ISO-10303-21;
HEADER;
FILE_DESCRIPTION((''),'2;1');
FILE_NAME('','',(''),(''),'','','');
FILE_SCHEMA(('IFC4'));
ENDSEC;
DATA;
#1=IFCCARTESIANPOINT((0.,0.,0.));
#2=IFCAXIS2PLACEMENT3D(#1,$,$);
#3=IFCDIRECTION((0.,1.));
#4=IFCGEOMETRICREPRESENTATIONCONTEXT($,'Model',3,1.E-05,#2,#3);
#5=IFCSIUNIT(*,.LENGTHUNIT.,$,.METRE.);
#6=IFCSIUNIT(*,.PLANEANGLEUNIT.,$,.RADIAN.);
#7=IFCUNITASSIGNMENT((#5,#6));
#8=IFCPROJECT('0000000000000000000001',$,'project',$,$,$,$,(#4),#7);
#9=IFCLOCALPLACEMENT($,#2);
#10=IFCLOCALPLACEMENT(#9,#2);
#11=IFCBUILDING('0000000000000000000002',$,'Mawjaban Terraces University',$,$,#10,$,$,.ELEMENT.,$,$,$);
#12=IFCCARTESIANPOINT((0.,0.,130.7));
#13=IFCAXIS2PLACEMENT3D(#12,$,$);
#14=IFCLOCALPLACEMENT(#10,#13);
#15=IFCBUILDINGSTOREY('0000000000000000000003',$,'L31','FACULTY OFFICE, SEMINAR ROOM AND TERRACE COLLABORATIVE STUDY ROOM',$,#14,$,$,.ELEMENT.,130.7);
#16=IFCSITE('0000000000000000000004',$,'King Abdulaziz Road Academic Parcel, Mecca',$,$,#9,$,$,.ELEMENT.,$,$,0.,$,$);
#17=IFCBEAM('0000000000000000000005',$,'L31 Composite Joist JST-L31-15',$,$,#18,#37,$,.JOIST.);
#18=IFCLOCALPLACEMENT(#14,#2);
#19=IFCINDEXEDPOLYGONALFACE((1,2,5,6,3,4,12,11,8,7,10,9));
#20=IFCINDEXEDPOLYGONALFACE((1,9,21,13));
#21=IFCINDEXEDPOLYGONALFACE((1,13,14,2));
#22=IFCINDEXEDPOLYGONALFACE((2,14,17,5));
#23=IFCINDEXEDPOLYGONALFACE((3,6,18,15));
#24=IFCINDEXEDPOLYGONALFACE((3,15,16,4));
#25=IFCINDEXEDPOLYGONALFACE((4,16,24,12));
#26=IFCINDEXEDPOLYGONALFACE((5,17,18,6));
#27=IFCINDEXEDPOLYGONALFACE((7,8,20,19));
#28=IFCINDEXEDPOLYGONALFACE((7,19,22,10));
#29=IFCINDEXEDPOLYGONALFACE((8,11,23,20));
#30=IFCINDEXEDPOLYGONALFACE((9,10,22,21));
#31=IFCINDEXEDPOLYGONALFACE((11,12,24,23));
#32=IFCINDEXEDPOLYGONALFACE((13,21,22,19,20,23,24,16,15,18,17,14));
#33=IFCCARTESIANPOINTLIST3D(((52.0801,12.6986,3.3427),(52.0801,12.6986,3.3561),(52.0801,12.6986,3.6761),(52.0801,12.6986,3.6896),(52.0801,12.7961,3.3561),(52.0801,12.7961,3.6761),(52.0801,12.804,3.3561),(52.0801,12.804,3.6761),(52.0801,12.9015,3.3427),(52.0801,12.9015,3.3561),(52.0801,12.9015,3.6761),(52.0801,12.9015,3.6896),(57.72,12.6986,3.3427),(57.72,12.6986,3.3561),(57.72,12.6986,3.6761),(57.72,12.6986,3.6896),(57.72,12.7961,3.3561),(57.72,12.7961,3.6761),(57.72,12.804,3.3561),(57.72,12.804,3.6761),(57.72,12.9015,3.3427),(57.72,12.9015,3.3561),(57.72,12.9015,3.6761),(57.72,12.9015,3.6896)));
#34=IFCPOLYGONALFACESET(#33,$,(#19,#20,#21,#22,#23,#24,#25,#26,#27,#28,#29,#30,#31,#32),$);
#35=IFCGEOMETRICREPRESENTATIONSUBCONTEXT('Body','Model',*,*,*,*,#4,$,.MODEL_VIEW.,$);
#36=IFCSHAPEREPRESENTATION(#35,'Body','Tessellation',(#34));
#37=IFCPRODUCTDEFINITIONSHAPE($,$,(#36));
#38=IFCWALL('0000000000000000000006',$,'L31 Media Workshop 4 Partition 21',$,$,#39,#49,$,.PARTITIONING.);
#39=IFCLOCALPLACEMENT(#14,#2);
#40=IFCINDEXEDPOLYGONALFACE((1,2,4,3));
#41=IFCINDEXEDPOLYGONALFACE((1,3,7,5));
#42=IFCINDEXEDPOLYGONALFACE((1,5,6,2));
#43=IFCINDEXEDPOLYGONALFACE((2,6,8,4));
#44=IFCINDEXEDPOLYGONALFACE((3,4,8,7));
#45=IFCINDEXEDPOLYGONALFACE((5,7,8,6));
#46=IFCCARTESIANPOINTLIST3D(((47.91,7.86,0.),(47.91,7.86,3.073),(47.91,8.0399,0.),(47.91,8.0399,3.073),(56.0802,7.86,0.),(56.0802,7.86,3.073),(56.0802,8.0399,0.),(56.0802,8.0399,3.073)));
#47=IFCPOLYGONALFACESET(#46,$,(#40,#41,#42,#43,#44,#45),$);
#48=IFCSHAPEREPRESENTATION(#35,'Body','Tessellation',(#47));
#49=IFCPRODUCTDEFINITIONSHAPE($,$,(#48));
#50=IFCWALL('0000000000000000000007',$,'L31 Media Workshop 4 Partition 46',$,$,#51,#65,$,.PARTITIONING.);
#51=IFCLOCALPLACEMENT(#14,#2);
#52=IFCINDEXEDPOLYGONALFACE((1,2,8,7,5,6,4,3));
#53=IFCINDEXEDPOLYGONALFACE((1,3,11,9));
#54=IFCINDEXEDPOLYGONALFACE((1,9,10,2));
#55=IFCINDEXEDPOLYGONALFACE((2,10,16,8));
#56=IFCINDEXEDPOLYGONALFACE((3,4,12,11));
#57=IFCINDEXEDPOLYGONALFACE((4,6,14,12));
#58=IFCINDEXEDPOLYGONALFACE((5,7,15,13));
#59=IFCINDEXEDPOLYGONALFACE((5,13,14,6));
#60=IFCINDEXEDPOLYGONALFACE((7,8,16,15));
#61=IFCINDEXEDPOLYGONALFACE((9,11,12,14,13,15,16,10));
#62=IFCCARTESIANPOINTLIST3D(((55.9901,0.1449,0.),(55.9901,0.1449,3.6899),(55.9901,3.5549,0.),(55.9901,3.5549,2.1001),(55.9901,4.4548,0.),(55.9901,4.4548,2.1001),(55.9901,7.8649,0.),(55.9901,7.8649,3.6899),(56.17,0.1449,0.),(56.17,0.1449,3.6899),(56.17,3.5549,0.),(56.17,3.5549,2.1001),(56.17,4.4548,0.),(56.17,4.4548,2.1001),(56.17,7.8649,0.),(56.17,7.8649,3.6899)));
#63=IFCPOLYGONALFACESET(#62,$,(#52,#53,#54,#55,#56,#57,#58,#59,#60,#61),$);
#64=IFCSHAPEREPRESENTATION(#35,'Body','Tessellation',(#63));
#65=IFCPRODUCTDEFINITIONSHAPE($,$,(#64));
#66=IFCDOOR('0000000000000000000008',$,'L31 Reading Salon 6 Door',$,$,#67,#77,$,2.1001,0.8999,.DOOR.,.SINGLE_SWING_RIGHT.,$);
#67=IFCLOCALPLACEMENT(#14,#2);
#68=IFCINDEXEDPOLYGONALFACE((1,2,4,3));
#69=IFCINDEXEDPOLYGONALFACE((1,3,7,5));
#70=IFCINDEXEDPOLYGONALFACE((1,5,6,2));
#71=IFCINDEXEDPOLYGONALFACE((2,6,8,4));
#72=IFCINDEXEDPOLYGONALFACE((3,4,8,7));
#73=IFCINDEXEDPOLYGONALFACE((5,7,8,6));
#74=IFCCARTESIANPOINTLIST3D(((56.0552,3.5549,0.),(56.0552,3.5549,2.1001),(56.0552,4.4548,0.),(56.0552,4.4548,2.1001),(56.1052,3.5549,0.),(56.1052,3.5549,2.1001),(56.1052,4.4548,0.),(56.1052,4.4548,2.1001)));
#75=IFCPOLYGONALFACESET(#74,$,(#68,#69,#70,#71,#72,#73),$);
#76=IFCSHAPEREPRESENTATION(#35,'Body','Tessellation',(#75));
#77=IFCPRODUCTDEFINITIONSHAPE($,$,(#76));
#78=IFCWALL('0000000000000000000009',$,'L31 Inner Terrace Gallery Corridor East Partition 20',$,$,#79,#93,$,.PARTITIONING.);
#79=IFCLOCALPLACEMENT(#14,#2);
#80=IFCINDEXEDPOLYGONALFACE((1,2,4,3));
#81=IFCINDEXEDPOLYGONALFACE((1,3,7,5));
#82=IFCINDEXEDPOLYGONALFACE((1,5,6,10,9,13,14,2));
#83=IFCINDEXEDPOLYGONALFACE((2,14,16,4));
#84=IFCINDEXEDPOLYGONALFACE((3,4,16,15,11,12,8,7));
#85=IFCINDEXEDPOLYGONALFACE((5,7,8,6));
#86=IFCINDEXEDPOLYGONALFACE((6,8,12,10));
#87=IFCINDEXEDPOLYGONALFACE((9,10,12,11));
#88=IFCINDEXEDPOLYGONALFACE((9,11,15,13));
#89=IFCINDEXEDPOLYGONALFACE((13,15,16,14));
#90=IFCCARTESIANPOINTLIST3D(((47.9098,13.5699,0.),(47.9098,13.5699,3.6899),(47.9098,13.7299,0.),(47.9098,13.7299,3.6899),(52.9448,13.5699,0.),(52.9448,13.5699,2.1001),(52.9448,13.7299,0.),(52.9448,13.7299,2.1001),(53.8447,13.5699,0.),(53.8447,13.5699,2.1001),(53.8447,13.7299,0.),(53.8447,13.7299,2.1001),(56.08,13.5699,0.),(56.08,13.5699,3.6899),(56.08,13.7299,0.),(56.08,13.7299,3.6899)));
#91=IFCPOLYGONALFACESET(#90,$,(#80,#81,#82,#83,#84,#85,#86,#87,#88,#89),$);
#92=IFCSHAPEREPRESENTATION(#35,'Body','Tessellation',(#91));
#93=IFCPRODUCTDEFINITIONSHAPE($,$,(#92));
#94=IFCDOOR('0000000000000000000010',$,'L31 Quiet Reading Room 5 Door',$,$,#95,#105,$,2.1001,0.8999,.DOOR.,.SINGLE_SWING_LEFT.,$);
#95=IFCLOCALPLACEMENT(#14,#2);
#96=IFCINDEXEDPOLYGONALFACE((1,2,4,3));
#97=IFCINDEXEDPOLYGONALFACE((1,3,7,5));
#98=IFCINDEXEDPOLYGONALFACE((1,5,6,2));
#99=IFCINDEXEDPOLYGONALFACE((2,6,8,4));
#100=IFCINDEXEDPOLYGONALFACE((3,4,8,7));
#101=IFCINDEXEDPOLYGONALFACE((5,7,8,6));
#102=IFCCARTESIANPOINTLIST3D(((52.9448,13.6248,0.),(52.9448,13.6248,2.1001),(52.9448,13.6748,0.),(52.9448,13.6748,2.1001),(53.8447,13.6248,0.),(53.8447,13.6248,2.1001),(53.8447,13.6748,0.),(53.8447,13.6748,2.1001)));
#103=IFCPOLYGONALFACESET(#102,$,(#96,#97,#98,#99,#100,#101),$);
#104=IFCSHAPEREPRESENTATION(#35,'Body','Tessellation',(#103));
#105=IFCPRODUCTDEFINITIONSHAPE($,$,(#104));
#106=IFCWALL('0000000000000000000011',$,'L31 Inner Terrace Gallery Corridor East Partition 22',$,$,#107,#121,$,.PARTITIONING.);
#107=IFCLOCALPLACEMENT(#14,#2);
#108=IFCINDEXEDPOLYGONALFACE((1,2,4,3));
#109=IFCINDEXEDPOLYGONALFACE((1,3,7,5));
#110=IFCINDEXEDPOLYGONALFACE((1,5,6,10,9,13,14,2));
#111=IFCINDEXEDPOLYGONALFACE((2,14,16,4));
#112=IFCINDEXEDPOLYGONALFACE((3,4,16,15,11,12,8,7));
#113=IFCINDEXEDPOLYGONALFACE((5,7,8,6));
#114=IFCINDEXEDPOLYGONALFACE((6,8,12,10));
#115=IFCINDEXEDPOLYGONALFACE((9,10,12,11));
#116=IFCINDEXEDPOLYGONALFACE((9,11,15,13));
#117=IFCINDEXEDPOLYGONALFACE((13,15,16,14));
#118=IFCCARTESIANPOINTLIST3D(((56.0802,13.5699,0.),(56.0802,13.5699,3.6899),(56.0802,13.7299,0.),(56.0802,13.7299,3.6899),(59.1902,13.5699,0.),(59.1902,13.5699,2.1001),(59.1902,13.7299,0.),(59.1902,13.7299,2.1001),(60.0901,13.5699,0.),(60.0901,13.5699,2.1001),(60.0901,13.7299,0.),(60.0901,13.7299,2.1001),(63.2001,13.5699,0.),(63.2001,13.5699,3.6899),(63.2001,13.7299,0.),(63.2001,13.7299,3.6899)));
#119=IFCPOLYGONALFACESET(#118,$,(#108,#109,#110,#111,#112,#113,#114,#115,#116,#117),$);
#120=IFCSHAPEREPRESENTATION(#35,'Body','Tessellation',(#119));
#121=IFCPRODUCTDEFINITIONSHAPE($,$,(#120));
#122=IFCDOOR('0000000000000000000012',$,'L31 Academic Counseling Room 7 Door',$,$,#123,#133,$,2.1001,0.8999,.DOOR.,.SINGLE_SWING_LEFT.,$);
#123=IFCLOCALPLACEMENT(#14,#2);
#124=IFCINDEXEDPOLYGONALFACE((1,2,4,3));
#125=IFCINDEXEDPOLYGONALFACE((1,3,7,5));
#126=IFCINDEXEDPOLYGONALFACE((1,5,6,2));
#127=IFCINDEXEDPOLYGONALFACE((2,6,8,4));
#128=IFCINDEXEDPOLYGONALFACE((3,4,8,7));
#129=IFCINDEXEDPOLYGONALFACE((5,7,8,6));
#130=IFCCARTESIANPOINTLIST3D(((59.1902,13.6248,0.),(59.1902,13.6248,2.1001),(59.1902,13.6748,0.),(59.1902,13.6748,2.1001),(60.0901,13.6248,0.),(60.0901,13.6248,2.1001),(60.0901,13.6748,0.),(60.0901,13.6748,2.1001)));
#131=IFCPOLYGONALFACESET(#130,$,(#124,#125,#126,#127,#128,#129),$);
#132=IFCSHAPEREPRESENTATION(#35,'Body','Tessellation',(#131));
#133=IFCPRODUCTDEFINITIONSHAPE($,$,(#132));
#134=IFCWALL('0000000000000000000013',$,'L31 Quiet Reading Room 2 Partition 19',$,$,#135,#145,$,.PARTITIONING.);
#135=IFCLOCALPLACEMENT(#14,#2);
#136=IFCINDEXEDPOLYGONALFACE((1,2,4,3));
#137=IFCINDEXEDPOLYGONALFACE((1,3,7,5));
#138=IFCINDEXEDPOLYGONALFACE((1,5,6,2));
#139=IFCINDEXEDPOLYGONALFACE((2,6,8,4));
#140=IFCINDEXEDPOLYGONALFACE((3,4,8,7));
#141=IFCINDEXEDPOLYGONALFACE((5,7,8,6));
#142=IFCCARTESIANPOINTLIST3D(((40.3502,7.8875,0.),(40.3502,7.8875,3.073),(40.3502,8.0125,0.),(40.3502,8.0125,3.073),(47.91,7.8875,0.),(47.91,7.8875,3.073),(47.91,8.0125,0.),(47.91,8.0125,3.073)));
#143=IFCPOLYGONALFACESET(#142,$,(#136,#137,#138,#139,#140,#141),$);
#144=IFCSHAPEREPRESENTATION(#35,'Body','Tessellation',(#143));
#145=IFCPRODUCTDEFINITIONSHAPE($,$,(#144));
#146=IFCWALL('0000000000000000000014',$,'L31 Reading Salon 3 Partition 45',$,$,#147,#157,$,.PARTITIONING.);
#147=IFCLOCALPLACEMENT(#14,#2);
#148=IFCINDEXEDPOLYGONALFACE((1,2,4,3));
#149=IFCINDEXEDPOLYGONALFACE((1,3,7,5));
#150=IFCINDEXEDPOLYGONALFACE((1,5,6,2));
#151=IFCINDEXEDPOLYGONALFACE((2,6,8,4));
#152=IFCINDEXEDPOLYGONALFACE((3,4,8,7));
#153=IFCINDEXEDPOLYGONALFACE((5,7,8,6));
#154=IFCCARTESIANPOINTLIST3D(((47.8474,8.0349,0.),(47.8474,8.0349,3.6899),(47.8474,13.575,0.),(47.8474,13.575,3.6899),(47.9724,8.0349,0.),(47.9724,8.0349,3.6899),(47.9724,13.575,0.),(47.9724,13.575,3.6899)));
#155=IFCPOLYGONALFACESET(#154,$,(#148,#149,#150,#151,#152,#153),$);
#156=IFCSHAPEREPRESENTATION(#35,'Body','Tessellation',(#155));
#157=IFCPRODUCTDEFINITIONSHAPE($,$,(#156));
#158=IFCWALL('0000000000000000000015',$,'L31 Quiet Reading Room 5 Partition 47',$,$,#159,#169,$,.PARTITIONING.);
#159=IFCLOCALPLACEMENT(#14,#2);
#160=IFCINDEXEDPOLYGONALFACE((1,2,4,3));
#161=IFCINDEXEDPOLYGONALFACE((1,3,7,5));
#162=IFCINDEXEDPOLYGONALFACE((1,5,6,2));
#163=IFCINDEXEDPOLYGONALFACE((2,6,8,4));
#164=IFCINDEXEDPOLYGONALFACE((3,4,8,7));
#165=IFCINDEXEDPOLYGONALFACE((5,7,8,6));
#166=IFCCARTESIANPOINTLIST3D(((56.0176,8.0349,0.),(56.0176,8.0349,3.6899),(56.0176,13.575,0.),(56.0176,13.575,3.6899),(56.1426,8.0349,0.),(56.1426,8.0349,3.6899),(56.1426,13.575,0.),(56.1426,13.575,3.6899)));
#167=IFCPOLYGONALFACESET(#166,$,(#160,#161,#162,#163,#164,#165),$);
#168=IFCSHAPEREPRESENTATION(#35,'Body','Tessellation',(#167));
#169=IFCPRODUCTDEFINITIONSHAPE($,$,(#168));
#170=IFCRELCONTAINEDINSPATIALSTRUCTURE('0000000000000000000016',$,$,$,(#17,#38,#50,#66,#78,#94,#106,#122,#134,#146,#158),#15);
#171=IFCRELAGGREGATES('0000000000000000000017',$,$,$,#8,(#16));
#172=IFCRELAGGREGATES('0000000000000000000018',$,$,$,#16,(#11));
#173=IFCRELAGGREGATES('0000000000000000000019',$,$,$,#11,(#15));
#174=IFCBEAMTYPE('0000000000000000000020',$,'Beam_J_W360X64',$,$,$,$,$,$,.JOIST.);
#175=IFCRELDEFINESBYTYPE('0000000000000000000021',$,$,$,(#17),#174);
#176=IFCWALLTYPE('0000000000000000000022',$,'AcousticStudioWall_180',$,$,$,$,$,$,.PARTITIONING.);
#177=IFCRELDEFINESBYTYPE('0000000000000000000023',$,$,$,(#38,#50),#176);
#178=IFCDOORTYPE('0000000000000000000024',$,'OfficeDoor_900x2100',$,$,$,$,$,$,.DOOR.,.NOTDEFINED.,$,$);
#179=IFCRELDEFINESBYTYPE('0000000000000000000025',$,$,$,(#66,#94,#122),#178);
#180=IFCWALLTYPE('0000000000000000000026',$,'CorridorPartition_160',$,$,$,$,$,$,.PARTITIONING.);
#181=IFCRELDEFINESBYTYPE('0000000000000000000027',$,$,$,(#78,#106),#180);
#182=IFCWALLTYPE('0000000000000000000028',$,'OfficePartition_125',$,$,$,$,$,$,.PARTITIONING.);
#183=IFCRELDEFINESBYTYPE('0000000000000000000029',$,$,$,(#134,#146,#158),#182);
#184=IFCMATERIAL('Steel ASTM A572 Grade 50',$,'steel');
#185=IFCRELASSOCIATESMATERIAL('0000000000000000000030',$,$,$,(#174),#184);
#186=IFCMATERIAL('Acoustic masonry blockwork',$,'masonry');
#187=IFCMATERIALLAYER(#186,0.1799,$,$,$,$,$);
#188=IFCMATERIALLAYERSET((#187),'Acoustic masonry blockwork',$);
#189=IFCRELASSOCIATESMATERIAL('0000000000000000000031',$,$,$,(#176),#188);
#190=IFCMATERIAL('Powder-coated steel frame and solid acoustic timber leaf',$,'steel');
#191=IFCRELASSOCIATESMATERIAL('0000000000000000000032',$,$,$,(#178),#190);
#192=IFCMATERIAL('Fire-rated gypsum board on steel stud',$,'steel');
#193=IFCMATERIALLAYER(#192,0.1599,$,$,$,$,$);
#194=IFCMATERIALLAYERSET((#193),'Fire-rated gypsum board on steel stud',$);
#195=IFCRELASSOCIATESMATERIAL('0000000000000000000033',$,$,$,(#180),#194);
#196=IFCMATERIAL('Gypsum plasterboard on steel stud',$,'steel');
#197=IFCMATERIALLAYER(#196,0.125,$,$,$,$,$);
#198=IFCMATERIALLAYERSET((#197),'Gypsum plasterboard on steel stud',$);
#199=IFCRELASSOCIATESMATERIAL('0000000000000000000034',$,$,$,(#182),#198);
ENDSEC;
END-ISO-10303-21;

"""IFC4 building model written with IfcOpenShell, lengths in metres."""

from ifc_helpers import new_model, si_unit, direction, frame, frame_2d, origin, origin_2d, place, context, subcontext, project, spatial, rectangle, i_section, extrude, material, layer, layer_set, material_profile, profile_set, type_object, element, fill, save


model = new_model("IFC4")

# Units and contexts
model_context = context("Model", 3, precision=1e-05, world=origin(), true_north=direction((0.0, 1.0)))
body_context = subcontext(model_context, "Body", "Model", "MODEL_VIEW")
ifc_project = project(units=[si_unit("LENGTHUNIT", "METRE"), si_unit("PLANEANGLEUNIT", "RADIAN")], contexts=[model_context])

# Site, building, storey
site_placement = place(None, origin())
site = spatial("IfcSite", under=ifc_project, at=site_placement, Name="King Abdulaziz Road Academic Parcel, Mecca", CompositionType="ELEMENT", RefElevation=0.0)
building_placement = place(site_placement, origin())
building = spatial("IfcBuilding", under=site, at=building_placement, Name="Mawjaban Terraces University", CompositionType="ELEMENT")
storey_placement = place(building_placement, frame((0.0, 0.0, 130.7)))
storey = spatial("IfcBuildingStorey", under=building, at=storey_placement, Name="L31", Description="FACULTY OFFICE, SEMINAR ROOM AND TERRACE COLLABORATIVE STUDY ROOM", CompositionType="ELEMENT", Elevation=130.7)

# Beam
ifc_material_1 = material(Name="Steel ASTM A572 Grade 50", Category="steel")
ifc_material_profile_1 = material_profile(ifc_material_1, i_section(OverallWidth=0.2029, OverallDepth=0.3469, WebThickness=0.0078, FlangeThickness=0.0134, at=origin_2d()), Name="W360X64")
ifc_profile_set_1 = profile_set([ifc_material_profile_1], Name="Steel ASTM A572 Grade 50")
beam_type_1 = type_object("IfcBeamType", Name="Beam_J_W360X64", PredefinedType="JOIST", material=ifc_profile_set_1)
for number, where, z_axis, x_axis, name in (
    (1, (52.0801, 12.8, 3.5161), (1.0, 0.0, 0.0), (0.0, 1.0, 0.0), "L31 Composite Joist JST-L31-15"),
):
    element("IfcBeam", number, at=place(storey_placement, frame(where, z_axis=z_axis, x_axis=x_axis)), inside=storey, type_object=beam_type_1, Name=name, PredefinedType="JOIST", context=body_context, shape_type="SweptSolid", body=[
        extrude(i_section(OverallWidth=0.2029, OverallDepth=0.3469, WebThickness=0.0078, FlangeThickness=0.0134, at=origin_2d()), origin(), (0.0, 0.0, 1.0), 5.6399),
    ])

# Wall
ifc_material_2 = material(Name="Acoustic masonry blockwork", Category="masonry")
ifc_layer_1 = layer(ifc_material_2, 0.1799)
ifc_layer_set_1 = layer_set([ifc_layer_1], Name="Acoustic masonry blockwork")
wall_type_1 = type_object("IfcWallType", Name="AcousticStudioWall_180", PredefinedType="PARTITIONING", material=ifc_layer_set_1)
wall_1_placement = place(storey_placement, frame((56.0801, 7.95, 0.0), z_axis=(0.0, 0.0, 1.0), x_axis=(-1.0, 0.0, 0.0)))
element("IfcWall", 2, at=wall_1_placement, inside=storey, type_object=wall_type_1, Name="L31 Media Workshop 4 Partition 21", PredefinedType="PARTITIONING", context=body_context, shape_type="SweptSolid", body=[
    extrude(rectangle(XDim=8.1702, YDim=0.1799, at=frame_2d((4.085, 0.0))), origin(), (0.0, 0.0, 1.0), 3.073),
])

# Walls, openings, doors
wall_2_placement = place(storey_placement, frame((56.0801, 0.145, 0.0), z_axis=(0.0, 0.0, 1.0), x_axis=(0.0, 1.0, 0.0)))
wall_2 = element("IfcWall", 3, at=wall_2_placement, inside=storey, type_object=wall_type_1, Name="L31 Media Workshop 4 Partition 46", PredefinedType="PARTITIONING", context=body_context, shape_type="SweptSolid", body=[
    extrude(rectangle(XDim=7.72, YDim=0.1799, at=frame_2d((3.8599, 0.0))), origin(), (0.0, 0.0, 1.0), 3.6899),
])
opening_1_placement = place(wall_2_placement, frame((3.4099, 0.0, 0.0)))
opening_1 = element("IfcOpeningElement", 4, at=opening_1_placement, cuts=wall_2, PredefinedType="OPENING", context=body_context, shape_type="SweptSolid", body=[
    extrude(rectangle(XDim=0.8999, YDim=2.1001, at=frame_2d((0.45, 1.05))), frame((0.0, 0.0999, 0.0), z_axis=(0.0, -1.0, 0.0), x_axis=(1.0, 0.0, 0.0)), (0.0, 0.0, 1.0), 0.2),
])
ifc_material_3 = material(Name="Powder-coated steel frame and solid acoustic timber leaf", Category="steel")
door_type = type_object("IfcDoorType", Name="OfficeDoor_900x2100", OperationType="NOTDEFINED", PredefinedType="DOOR", material=ifc_material_3)
door_1_placement = place(opening_1_placement, origin())
door_1 = element("IfcDoor", 5, at=door_1_placement, inside=storey, type_object=door_type, Name="L31 Reading Salon 6 Door", OperationType="SINGLE_SWING_RIGHT", OverallHeight=2.1001, OverallWidth=0.8999, PredefinedType="DOOR", context=body_context, shape_type="SweptSolid", body=[
    extrude(rectangle(XDim=0.8999, YDim=2.1001, at=frame_2d((0.45, 1.05))), frame((0.0, 0.0249, 0.0), z_axis=(0.0, -1.0, 0.0), x_axis=(1.0, 0.0, 0.0)), (0.0, 0.0, 1.0), 0.05),
])
fill(opening_1, door_1)
ifc_material_4 = material(Name="Fire-rated gypsum board on steel stud", Category="steel")
ifc_layer_2 = layer(ifc_material_4, 0.1599)
ifc_layer_set_2 = layer_set([ifc_layer_2], Name="Fire-rated gypsum board on steel stud")
wall_type_2 = type_object("IfcWallType", Name="CorridorPartition_160", PredefinedType="PARTITIONING", material=ifc_layer_set_2)
wall_3_placement = place(storey_placement, frame((47.9099, 13.6499, 0.0), z_axis=(0.0, 0.0, 1.0), x_axis=(1.0, 0.0, 0.0)))
wall_3 = element("IfcWall", 6, at=wall_3_placement, inside=storey, type_object=wall_type_2, Name="L31 Inner Terrace Gallery Corridor East Partition 20", PredefinedType="PARTITIONING", context=body_context, shape_type="SweptSolid", body=[
    extrude(rectangle(XDim=8.1702, YDim=0.1599, at=frame_2d((4.085, 0.0))), origin(), (0.0, 0.0, 1.0), 3.6899),
])
opening_2_placement = place(wall_3_placement, frame((5.0349, 0.0, 0.0)))
opening_2 = element("IfcOpeningElement", 7, at=opening_2_placement, cuts=wall_3, PredefinedType="OPENING", context=body_context, shape_type="SweptSolid", body=[
    extrude(rectangle(XDim=0.8999, YDim=2.1001, at=frame_2d((0.45, 1.05))), frame((0.0, 0.0898, 0.0), z_axis=(0.0, -1.0, 0.0), x_axis=(1.0, 0.0, 0.0)), (0.0, 0.0, 1.0), 0.1799),
])
door_2_placement = place(opening_2_placement, origin())
door_2 = element("IfcDoor", 8, at=door_2_placement, inside=storey, type_object=door_type, Name="L31 Quiet Reading Room 5 Door", OperationType="SINGLE_SWING_LEFT", OverallHeight=2.1001, OverallWidth=0.8999, PredefinedType="DOOR", context=body_context, shape_type="SweptSolid", body=[
    extrude(rectangle(XDim=0.8999, YDim=2.1001, at=frame_2d((0.45, 1.05))), frame((0.0, 0.0249, 0.0), z_axis=(0.0, -1.0, 0.0), x_axis=(1.0, 0.0, 0.0)), (0.0, 0.0, 1.0), 0.05),
])
fill(opening_2, door_2)
wall_4_placement = place(storey_placement, frame((56.0801, 13.6499, 0.0), z_axis=(0.0, 0.0, 1.0), x_axis=(1.0, 0.0, 0.0)))
wall_4 = element("IfcWall", 9, at=wall_4_placement, inside=storey, type_object=wall_type_2, Name="L31 Inner Terrace Gallery Corridor East Partition 22", PredefinedType="PARTITIONING", context=body_context, shape_type="SweptSolid", body=[
    extrude(rectangle(XDim=7.1199, YDim=0.1599, at=frame_2d((3.5601, 0.0))), origin(), (0.0, 0.0, 1.0), 3.6899),
])
opening_3_placement = place(wall_4_placement, frame((3.1101, 0.0, 0.0)))
opening_3 = element("IfcOpeningElement", 10, at=opening_3_placement, cuts=wall_4, PredefinedType="OPENING", context=body_context, shape_type="SweptSolid", body=[
    extrude(rectangle(XDim=0.8999, YDim=2.1001, at=frame_2d((0.45, 1.05))), frame((0.0, 0.0898, 0.0), z_axis=(0.0, -1.0, 0.0), x_axis=(1.0, 0.0, 0.0)), (0.0, 0.0, 1.0), 0.1799),
])
door_3_placement = place(opening_3_placement, origin())
door_3 = element("IfcDoor", 11, at=door_3_placement, inside=storey, type_object=door_type, Name="L31 Academic Counseling Room 7 Door", OperationType="SINGLE_SWING_LEFT", OverallHeight=2.1001, OverallWidth=0.8999, PredefinedType="DOOR", context=body_context, shape_type="SweptSolid", body=[
    extrude(rectangle(XDim=0.8999, YDim=2.1001, at=frame_2d((0.45, 1.05))), frame((0.0, 0.0249, 0.0), z_axis=(0.0, -1.0, 0.0), x_axis=(1.0, 0.0, 0.0)), (0.0, 0.0, 1.0), 0.05),
])
fill(opening_3, door_3)

# Walls
ifc_material_5 = material(Name="Gypsum plasterboard on steel stud", Category="steel")
ifc_layer_3 = layer(ifc_material_5, 0.125)
ifc_layer_set_3 = layer_set([ifc_layer_3], Name="Gypsum plasterboard on steel stud")
wall_type_3 = type_object("IfcWallType", Name="OfficePartition_125", PredefinedType="PARTITIONING", material=ifc_layer_set_3)
wall_5_placement = place(storey_placement, frame((47.9099, 7.95, 0.0), z_axis=(0.0, 0.0, 1.0), x_axis=(-1.0, 0.0, 0.0)))
element("IfcWall", 12, at=wall_5_placement, inside=storey, type_object=wall_type_3, Name="L31 Quiet Reading Room 2 Partition 19", PredefinedType="PARTITIONING", context=body_context, shape_type="SweptSolid", body=[
    extrude(rectangle(XDim=7.5598, YDim=0.125, at=frame_2d((3.7798, 0.0))), origin(), (0.0, 0.0, 1.0), 3.073),
])
for number, where, z_axis, x_axis, name in (
    (13, (47.9099, 8.0349, 0.0), (0.0, 0.0, 1.0), (0.0, 1.0, 0.0), "L31 Reading Salon 3 Partition 45"),
    (14, (56.0801, 8.0349, 0.0), (0.0, 0.0, 1.0), (0.0, 1.0, 0.0), "L31 Quiet Reading Room 5 Partition 47"),
):
    element("IfcWall", number, at=place(storey_placement, frame(where, z_axis=z_axis, x_axis=x_axis)), inside=storey, type_object=wall_type_3, Name=name, PredefinedType="PARTITIONING", context=body_context, shape_type="SweptSolid", body=[
        extrude(rectangle(XDim=5.54, YDim=0.125, at=frame_2d((2.77, 0.0))), origin(), (0.0, 0.0, 1.0), 3.6899),
    ])

save(model, "model.ifc")
